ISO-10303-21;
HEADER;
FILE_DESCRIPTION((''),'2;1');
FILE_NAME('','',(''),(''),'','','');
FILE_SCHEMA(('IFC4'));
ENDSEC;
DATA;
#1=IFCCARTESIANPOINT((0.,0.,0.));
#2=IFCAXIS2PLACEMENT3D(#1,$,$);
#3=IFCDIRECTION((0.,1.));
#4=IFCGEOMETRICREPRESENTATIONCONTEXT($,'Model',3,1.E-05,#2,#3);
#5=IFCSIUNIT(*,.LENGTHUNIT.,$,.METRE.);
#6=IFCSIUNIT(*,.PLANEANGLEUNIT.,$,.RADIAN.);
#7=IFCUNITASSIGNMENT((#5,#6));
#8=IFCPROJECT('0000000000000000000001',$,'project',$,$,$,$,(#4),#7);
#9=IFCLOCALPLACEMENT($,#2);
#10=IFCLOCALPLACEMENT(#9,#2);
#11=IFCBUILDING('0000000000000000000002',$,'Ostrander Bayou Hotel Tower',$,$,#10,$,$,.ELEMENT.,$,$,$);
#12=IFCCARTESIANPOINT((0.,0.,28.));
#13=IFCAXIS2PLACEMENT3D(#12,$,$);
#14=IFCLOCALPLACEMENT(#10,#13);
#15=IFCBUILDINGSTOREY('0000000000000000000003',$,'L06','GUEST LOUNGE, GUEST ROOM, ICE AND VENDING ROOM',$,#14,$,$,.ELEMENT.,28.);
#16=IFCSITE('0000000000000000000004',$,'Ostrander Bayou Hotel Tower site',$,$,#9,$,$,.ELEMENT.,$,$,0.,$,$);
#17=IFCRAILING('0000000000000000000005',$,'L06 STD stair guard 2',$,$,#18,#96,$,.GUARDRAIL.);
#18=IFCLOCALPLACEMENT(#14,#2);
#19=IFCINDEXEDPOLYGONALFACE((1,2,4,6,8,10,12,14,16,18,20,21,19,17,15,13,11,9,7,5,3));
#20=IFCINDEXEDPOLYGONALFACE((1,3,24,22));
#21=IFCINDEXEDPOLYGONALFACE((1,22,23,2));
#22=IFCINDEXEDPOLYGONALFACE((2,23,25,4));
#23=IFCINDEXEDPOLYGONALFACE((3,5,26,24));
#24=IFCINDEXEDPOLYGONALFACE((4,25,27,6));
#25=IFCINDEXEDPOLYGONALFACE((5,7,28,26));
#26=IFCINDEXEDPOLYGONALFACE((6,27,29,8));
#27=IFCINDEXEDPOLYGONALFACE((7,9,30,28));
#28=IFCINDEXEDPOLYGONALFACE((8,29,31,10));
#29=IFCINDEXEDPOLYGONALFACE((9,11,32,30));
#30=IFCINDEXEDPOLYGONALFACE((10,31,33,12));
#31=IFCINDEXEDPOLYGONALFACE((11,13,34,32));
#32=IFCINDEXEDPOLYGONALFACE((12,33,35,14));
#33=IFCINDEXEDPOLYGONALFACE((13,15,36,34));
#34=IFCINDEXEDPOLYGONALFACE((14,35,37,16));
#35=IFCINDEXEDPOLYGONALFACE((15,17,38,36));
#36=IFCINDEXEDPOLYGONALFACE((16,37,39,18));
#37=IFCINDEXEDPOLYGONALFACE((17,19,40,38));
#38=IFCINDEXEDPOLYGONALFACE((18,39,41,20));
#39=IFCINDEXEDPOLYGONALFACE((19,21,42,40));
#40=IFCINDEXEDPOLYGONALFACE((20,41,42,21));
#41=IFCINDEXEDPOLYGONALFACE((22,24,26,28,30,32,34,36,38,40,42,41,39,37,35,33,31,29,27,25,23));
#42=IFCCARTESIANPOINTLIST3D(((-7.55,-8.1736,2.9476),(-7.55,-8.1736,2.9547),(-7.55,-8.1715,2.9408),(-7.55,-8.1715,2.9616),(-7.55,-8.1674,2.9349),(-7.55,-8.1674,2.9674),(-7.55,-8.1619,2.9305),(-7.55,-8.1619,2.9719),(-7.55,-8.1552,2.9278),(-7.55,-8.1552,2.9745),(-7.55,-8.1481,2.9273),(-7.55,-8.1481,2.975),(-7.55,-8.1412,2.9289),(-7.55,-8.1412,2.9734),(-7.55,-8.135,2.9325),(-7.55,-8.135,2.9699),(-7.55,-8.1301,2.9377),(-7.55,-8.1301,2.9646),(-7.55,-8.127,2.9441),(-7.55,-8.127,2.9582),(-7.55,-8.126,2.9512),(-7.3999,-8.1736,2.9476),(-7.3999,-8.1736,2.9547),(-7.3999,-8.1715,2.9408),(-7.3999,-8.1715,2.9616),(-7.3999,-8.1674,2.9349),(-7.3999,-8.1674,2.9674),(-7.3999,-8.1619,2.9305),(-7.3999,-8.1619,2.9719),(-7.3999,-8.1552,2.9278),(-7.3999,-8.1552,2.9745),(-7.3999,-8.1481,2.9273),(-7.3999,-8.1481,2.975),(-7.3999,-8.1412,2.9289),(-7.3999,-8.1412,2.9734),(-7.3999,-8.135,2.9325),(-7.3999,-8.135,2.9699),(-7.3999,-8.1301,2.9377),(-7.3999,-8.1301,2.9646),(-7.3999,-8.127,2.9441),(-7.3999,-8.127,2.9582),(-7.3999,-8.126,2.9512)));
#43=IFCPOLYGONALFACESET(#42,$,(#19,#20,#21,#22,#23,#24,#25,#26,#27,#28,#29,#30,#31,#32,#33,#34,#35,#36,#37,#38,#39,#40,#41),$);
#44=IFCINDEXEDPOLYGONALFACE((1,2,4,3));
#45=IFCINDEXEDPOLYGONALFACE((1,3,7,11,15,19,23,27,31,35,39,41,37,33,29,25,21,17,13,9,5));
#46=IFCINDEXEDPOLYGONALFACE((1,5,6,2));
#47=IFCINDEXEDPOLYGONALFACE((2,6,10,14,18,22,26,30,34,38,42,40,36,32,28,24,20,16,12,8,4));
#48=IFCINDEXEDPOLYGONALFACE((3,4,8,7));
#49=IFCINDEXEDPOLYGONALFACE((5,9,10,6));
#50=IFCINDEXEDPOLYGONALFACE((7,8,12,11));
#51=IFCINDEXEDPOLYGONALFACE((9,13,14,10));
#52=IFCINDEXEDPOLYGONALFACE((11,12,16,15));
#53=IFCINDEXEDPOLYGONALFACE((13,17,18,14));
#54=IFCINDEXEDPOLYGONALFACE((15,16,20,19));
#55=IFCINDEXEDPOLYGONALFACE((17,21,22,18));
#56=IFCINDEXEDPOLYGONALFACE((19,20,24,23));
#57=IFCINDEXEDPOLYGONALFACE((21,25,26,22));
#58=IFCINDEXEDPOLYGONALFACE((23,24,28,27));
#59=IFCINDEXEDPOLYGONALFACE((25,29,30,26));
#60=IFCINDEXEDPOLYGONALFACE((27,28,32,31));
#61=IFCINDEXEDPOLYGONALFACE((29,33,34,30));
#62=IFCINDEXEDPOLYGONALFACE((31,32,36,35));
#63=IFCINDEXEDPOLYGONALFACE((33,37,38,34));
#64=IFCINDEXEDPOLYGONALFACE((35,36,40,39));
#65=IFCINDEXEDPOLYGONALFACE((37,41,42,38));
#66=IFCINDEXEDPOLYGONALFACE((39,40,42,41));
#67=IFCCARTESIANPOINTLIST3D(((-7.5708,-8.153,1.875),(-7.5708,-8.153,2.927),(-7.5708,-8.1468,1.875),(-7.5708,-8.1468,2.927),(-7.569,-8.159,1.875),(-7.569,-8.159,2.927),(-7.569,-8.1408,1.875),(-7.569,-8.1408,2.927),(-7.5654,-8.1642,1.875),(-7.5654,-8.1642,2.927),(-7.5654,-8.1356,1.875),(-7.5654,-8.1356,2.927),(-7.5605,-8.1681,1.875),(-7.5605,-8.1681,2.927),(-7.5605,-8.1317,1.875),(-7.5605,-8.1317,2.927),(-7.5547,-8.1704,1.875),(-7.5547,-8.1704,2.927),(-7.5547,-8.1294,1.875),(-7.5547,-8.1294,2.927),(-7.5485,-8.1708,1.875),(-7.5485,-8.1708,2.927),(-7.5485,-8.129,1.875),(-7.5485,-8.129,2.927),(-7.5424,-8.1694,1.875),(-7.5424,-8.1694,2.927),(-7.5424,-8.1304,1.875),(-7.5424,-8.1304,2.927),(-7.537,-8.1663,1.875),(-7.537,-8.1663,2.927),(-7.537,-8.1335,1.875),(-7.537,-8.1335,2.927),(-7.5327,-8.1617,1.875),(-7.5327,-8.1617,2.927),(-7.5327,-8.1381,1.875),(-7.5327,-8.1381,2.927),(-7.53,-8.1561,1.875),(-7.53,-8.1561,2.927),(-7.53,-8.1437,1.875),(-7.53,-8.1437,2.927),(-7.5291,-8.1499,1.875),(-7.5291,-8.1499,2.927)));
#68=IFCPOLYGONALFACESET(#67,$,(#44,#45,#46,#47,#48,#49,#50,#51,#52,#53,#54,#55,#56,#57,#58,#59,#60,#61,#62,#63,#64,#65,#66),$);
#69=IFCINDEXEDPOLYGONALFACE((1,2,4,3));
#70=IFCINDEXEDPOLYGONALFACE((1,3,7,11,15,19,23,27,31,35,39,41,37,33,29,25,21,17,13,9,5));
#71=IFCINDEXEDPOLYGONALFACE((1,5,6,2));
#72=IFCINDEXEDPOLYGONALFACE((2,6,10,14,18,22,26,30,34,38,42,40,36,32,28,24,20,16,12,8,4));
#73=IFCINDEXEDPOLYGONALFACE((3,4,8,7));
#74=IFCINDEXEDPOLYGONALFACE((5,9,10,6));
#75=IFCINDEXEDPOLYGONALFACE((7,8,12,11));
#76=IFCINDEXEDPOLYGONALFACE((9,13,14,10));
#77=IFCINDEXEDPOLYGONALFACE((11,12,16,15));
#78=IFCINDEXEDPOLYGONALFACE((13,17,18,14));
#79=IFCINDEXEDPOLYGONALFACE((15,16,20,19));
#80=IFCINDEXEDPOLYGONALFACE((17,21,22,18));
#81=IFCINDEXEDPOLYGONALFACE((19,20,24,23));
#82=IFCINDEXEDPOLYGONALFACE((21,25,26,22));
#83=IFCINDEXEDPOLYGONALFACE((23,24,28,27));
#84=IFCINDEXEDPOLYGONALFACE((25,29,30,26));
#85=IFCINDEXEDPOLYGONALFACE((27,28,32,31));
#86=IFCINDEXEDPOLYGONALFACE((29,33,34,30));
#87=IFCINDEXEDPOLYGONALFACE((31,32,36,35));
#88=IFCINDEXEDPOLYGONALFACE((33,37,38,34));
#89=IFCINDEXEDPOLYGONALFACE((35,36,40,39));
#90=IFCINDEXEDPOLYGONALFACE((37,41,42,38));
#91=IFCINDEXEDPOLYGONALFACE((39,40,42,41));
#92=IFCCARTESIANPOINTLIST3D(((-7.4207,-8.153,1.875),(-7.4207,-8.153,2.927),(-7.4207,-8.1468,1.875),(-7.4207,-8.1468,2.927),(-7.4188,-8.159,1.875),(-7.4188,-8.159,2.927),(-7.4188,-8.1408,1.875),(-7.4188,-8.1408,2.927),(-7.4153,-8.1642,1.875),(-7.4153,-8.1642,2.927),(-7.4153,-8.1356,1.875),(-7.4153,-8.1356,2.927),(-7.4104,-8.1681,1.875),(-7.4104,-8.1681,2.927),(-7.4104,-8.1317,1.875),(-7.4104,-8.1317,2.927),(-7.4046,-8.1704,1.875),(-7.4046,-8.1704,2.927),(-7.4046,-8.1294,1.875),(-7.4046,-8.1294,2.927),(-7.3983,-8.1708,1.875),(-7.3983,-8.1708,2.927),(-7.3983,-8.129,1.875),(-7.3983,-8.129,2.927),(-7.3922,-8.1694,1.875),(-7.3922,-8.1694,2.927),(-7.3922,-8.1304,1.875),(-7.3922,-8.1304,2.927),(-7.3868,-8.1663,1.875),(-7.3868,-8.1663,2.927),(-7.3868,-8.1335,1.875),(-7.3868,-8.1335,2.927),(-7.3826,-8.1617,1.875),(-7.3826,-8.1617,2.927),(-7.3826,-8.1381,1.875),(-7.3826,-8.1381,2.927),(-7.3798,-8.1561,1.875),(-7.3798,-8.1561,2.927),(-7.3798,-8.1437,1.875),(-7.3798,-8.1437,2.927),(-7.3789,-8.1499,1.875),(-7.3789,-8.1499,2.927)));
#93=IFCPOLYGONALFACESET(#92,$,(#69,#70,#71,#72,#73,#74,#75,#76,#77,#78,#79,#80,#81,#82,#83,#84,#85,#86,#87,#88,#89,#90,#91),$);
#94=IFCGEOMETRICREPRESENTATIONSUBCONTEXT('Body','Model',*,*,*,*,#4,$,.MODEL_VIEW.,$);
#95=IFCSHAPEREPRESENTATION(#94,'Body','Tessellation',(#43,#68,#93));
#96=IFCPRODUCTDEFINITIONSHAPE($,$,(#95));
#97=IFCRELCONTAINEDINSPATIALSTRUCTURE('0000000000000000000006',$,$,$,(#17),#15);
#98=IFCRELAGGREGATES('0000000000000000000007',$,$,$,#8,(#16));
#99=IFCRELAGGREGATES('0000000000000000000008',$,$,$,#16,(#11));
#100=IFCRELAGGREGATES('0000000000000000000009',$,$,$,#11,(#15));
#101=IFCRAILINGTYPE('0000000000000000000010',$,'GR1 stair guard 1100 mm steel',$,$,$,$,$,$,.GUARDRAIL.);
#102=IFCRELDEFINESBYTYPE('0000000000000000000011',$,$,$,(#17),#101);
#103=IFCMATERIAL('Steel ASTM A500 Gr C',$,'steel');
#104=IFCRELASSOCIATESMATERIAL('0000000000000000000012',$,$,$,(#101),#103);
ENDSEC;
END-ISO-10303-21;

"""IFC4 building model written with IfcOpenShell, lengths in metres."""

from ifc_helpers import new_model, si_unit, direction, frame, origin, origin_2d, place, context, subcontext, project, spatial, circle, extrude, material, type_object, element, save


model = new_model("IFC4")

# Units and contexts
model_context = context("Model", 3, precision=1e-05, world=origin(), true_north=direction((0.0, 1.0)))
body_context = subcontext(model_context, "Body", "Model", "MODEL_VIEW")
ifc_project = project(units=[si_unit("LENGTHUNIT", "METRE"), si_unit("PLANEANGLEUNIT", "RADIAN")], contexts=[model_context])

# Site, building, storey
site_placement = place(None, origin())
site = spatial("IfcSite", under=ifc_project, at=site_placement, Name="Ostrander Bayou Hotel Tower site", CompositionType="ELEMENT", RefElevation=0.0)
building_placement = place(site_placement, origin())
building = spatial("IfcBuilding", under=site, at=building_placement, Name="Ostrander Bayou Hotel Tower", CompositionType="ELEMENT")
storey_placement = place(building_placement, frame((0.0, 0.0, 28.0)))
storey = spatial("IfcBuildingStorey", under=building, at=storey_placement, Name="L06", Description="GUEST LOUNGE, GUEST ROOM, ICE AND VENDING ROOM", CompositionType="ELEMENT", Elevation=28.0)

# Railing
ifc_material_1 = material(Name="Steel ASTM A500 Gr C", Category="steel")
railing_type_1 = type_object("IfcRailingType", Name="GR1 stair guard 1100 mm steel", PredefinedType="GUARDRAIL", material=ifc_material_1)
railing_1_placement = place(storey_placement, frame((-7.55, -8.1499, 1.875)))
element("IfcRailing", 1, at=railing_1_placement, inside=storey, type_object=railing_type_1, Name="L06 STD stair guard 2", PredefinedType="GUARDRAIL", context=body_context, shape_type="SweptSolid", body=[
    extrude(circle(Radius=0.0239, at=origin_2d()), frame((0.0, 0.0, 1.0762), z_axis=(1.0, 0.0, 0.0), x_axis=(0.0, 1.0, 0.0)), (0.0, 0.0, 1.0), 0.1501),
    extrude(circle(Radius=0.021, at=origin_2d()), origin(), (0.0, 0.0, 1.0), 1.052),
    extrude(circle(Radius=0.021, at=origin_2d()), frame((0.1501, 0.0, 0.0)), (0.0, 0.0, 1.0), 1.052),
])

save(model, "model.ifc")
